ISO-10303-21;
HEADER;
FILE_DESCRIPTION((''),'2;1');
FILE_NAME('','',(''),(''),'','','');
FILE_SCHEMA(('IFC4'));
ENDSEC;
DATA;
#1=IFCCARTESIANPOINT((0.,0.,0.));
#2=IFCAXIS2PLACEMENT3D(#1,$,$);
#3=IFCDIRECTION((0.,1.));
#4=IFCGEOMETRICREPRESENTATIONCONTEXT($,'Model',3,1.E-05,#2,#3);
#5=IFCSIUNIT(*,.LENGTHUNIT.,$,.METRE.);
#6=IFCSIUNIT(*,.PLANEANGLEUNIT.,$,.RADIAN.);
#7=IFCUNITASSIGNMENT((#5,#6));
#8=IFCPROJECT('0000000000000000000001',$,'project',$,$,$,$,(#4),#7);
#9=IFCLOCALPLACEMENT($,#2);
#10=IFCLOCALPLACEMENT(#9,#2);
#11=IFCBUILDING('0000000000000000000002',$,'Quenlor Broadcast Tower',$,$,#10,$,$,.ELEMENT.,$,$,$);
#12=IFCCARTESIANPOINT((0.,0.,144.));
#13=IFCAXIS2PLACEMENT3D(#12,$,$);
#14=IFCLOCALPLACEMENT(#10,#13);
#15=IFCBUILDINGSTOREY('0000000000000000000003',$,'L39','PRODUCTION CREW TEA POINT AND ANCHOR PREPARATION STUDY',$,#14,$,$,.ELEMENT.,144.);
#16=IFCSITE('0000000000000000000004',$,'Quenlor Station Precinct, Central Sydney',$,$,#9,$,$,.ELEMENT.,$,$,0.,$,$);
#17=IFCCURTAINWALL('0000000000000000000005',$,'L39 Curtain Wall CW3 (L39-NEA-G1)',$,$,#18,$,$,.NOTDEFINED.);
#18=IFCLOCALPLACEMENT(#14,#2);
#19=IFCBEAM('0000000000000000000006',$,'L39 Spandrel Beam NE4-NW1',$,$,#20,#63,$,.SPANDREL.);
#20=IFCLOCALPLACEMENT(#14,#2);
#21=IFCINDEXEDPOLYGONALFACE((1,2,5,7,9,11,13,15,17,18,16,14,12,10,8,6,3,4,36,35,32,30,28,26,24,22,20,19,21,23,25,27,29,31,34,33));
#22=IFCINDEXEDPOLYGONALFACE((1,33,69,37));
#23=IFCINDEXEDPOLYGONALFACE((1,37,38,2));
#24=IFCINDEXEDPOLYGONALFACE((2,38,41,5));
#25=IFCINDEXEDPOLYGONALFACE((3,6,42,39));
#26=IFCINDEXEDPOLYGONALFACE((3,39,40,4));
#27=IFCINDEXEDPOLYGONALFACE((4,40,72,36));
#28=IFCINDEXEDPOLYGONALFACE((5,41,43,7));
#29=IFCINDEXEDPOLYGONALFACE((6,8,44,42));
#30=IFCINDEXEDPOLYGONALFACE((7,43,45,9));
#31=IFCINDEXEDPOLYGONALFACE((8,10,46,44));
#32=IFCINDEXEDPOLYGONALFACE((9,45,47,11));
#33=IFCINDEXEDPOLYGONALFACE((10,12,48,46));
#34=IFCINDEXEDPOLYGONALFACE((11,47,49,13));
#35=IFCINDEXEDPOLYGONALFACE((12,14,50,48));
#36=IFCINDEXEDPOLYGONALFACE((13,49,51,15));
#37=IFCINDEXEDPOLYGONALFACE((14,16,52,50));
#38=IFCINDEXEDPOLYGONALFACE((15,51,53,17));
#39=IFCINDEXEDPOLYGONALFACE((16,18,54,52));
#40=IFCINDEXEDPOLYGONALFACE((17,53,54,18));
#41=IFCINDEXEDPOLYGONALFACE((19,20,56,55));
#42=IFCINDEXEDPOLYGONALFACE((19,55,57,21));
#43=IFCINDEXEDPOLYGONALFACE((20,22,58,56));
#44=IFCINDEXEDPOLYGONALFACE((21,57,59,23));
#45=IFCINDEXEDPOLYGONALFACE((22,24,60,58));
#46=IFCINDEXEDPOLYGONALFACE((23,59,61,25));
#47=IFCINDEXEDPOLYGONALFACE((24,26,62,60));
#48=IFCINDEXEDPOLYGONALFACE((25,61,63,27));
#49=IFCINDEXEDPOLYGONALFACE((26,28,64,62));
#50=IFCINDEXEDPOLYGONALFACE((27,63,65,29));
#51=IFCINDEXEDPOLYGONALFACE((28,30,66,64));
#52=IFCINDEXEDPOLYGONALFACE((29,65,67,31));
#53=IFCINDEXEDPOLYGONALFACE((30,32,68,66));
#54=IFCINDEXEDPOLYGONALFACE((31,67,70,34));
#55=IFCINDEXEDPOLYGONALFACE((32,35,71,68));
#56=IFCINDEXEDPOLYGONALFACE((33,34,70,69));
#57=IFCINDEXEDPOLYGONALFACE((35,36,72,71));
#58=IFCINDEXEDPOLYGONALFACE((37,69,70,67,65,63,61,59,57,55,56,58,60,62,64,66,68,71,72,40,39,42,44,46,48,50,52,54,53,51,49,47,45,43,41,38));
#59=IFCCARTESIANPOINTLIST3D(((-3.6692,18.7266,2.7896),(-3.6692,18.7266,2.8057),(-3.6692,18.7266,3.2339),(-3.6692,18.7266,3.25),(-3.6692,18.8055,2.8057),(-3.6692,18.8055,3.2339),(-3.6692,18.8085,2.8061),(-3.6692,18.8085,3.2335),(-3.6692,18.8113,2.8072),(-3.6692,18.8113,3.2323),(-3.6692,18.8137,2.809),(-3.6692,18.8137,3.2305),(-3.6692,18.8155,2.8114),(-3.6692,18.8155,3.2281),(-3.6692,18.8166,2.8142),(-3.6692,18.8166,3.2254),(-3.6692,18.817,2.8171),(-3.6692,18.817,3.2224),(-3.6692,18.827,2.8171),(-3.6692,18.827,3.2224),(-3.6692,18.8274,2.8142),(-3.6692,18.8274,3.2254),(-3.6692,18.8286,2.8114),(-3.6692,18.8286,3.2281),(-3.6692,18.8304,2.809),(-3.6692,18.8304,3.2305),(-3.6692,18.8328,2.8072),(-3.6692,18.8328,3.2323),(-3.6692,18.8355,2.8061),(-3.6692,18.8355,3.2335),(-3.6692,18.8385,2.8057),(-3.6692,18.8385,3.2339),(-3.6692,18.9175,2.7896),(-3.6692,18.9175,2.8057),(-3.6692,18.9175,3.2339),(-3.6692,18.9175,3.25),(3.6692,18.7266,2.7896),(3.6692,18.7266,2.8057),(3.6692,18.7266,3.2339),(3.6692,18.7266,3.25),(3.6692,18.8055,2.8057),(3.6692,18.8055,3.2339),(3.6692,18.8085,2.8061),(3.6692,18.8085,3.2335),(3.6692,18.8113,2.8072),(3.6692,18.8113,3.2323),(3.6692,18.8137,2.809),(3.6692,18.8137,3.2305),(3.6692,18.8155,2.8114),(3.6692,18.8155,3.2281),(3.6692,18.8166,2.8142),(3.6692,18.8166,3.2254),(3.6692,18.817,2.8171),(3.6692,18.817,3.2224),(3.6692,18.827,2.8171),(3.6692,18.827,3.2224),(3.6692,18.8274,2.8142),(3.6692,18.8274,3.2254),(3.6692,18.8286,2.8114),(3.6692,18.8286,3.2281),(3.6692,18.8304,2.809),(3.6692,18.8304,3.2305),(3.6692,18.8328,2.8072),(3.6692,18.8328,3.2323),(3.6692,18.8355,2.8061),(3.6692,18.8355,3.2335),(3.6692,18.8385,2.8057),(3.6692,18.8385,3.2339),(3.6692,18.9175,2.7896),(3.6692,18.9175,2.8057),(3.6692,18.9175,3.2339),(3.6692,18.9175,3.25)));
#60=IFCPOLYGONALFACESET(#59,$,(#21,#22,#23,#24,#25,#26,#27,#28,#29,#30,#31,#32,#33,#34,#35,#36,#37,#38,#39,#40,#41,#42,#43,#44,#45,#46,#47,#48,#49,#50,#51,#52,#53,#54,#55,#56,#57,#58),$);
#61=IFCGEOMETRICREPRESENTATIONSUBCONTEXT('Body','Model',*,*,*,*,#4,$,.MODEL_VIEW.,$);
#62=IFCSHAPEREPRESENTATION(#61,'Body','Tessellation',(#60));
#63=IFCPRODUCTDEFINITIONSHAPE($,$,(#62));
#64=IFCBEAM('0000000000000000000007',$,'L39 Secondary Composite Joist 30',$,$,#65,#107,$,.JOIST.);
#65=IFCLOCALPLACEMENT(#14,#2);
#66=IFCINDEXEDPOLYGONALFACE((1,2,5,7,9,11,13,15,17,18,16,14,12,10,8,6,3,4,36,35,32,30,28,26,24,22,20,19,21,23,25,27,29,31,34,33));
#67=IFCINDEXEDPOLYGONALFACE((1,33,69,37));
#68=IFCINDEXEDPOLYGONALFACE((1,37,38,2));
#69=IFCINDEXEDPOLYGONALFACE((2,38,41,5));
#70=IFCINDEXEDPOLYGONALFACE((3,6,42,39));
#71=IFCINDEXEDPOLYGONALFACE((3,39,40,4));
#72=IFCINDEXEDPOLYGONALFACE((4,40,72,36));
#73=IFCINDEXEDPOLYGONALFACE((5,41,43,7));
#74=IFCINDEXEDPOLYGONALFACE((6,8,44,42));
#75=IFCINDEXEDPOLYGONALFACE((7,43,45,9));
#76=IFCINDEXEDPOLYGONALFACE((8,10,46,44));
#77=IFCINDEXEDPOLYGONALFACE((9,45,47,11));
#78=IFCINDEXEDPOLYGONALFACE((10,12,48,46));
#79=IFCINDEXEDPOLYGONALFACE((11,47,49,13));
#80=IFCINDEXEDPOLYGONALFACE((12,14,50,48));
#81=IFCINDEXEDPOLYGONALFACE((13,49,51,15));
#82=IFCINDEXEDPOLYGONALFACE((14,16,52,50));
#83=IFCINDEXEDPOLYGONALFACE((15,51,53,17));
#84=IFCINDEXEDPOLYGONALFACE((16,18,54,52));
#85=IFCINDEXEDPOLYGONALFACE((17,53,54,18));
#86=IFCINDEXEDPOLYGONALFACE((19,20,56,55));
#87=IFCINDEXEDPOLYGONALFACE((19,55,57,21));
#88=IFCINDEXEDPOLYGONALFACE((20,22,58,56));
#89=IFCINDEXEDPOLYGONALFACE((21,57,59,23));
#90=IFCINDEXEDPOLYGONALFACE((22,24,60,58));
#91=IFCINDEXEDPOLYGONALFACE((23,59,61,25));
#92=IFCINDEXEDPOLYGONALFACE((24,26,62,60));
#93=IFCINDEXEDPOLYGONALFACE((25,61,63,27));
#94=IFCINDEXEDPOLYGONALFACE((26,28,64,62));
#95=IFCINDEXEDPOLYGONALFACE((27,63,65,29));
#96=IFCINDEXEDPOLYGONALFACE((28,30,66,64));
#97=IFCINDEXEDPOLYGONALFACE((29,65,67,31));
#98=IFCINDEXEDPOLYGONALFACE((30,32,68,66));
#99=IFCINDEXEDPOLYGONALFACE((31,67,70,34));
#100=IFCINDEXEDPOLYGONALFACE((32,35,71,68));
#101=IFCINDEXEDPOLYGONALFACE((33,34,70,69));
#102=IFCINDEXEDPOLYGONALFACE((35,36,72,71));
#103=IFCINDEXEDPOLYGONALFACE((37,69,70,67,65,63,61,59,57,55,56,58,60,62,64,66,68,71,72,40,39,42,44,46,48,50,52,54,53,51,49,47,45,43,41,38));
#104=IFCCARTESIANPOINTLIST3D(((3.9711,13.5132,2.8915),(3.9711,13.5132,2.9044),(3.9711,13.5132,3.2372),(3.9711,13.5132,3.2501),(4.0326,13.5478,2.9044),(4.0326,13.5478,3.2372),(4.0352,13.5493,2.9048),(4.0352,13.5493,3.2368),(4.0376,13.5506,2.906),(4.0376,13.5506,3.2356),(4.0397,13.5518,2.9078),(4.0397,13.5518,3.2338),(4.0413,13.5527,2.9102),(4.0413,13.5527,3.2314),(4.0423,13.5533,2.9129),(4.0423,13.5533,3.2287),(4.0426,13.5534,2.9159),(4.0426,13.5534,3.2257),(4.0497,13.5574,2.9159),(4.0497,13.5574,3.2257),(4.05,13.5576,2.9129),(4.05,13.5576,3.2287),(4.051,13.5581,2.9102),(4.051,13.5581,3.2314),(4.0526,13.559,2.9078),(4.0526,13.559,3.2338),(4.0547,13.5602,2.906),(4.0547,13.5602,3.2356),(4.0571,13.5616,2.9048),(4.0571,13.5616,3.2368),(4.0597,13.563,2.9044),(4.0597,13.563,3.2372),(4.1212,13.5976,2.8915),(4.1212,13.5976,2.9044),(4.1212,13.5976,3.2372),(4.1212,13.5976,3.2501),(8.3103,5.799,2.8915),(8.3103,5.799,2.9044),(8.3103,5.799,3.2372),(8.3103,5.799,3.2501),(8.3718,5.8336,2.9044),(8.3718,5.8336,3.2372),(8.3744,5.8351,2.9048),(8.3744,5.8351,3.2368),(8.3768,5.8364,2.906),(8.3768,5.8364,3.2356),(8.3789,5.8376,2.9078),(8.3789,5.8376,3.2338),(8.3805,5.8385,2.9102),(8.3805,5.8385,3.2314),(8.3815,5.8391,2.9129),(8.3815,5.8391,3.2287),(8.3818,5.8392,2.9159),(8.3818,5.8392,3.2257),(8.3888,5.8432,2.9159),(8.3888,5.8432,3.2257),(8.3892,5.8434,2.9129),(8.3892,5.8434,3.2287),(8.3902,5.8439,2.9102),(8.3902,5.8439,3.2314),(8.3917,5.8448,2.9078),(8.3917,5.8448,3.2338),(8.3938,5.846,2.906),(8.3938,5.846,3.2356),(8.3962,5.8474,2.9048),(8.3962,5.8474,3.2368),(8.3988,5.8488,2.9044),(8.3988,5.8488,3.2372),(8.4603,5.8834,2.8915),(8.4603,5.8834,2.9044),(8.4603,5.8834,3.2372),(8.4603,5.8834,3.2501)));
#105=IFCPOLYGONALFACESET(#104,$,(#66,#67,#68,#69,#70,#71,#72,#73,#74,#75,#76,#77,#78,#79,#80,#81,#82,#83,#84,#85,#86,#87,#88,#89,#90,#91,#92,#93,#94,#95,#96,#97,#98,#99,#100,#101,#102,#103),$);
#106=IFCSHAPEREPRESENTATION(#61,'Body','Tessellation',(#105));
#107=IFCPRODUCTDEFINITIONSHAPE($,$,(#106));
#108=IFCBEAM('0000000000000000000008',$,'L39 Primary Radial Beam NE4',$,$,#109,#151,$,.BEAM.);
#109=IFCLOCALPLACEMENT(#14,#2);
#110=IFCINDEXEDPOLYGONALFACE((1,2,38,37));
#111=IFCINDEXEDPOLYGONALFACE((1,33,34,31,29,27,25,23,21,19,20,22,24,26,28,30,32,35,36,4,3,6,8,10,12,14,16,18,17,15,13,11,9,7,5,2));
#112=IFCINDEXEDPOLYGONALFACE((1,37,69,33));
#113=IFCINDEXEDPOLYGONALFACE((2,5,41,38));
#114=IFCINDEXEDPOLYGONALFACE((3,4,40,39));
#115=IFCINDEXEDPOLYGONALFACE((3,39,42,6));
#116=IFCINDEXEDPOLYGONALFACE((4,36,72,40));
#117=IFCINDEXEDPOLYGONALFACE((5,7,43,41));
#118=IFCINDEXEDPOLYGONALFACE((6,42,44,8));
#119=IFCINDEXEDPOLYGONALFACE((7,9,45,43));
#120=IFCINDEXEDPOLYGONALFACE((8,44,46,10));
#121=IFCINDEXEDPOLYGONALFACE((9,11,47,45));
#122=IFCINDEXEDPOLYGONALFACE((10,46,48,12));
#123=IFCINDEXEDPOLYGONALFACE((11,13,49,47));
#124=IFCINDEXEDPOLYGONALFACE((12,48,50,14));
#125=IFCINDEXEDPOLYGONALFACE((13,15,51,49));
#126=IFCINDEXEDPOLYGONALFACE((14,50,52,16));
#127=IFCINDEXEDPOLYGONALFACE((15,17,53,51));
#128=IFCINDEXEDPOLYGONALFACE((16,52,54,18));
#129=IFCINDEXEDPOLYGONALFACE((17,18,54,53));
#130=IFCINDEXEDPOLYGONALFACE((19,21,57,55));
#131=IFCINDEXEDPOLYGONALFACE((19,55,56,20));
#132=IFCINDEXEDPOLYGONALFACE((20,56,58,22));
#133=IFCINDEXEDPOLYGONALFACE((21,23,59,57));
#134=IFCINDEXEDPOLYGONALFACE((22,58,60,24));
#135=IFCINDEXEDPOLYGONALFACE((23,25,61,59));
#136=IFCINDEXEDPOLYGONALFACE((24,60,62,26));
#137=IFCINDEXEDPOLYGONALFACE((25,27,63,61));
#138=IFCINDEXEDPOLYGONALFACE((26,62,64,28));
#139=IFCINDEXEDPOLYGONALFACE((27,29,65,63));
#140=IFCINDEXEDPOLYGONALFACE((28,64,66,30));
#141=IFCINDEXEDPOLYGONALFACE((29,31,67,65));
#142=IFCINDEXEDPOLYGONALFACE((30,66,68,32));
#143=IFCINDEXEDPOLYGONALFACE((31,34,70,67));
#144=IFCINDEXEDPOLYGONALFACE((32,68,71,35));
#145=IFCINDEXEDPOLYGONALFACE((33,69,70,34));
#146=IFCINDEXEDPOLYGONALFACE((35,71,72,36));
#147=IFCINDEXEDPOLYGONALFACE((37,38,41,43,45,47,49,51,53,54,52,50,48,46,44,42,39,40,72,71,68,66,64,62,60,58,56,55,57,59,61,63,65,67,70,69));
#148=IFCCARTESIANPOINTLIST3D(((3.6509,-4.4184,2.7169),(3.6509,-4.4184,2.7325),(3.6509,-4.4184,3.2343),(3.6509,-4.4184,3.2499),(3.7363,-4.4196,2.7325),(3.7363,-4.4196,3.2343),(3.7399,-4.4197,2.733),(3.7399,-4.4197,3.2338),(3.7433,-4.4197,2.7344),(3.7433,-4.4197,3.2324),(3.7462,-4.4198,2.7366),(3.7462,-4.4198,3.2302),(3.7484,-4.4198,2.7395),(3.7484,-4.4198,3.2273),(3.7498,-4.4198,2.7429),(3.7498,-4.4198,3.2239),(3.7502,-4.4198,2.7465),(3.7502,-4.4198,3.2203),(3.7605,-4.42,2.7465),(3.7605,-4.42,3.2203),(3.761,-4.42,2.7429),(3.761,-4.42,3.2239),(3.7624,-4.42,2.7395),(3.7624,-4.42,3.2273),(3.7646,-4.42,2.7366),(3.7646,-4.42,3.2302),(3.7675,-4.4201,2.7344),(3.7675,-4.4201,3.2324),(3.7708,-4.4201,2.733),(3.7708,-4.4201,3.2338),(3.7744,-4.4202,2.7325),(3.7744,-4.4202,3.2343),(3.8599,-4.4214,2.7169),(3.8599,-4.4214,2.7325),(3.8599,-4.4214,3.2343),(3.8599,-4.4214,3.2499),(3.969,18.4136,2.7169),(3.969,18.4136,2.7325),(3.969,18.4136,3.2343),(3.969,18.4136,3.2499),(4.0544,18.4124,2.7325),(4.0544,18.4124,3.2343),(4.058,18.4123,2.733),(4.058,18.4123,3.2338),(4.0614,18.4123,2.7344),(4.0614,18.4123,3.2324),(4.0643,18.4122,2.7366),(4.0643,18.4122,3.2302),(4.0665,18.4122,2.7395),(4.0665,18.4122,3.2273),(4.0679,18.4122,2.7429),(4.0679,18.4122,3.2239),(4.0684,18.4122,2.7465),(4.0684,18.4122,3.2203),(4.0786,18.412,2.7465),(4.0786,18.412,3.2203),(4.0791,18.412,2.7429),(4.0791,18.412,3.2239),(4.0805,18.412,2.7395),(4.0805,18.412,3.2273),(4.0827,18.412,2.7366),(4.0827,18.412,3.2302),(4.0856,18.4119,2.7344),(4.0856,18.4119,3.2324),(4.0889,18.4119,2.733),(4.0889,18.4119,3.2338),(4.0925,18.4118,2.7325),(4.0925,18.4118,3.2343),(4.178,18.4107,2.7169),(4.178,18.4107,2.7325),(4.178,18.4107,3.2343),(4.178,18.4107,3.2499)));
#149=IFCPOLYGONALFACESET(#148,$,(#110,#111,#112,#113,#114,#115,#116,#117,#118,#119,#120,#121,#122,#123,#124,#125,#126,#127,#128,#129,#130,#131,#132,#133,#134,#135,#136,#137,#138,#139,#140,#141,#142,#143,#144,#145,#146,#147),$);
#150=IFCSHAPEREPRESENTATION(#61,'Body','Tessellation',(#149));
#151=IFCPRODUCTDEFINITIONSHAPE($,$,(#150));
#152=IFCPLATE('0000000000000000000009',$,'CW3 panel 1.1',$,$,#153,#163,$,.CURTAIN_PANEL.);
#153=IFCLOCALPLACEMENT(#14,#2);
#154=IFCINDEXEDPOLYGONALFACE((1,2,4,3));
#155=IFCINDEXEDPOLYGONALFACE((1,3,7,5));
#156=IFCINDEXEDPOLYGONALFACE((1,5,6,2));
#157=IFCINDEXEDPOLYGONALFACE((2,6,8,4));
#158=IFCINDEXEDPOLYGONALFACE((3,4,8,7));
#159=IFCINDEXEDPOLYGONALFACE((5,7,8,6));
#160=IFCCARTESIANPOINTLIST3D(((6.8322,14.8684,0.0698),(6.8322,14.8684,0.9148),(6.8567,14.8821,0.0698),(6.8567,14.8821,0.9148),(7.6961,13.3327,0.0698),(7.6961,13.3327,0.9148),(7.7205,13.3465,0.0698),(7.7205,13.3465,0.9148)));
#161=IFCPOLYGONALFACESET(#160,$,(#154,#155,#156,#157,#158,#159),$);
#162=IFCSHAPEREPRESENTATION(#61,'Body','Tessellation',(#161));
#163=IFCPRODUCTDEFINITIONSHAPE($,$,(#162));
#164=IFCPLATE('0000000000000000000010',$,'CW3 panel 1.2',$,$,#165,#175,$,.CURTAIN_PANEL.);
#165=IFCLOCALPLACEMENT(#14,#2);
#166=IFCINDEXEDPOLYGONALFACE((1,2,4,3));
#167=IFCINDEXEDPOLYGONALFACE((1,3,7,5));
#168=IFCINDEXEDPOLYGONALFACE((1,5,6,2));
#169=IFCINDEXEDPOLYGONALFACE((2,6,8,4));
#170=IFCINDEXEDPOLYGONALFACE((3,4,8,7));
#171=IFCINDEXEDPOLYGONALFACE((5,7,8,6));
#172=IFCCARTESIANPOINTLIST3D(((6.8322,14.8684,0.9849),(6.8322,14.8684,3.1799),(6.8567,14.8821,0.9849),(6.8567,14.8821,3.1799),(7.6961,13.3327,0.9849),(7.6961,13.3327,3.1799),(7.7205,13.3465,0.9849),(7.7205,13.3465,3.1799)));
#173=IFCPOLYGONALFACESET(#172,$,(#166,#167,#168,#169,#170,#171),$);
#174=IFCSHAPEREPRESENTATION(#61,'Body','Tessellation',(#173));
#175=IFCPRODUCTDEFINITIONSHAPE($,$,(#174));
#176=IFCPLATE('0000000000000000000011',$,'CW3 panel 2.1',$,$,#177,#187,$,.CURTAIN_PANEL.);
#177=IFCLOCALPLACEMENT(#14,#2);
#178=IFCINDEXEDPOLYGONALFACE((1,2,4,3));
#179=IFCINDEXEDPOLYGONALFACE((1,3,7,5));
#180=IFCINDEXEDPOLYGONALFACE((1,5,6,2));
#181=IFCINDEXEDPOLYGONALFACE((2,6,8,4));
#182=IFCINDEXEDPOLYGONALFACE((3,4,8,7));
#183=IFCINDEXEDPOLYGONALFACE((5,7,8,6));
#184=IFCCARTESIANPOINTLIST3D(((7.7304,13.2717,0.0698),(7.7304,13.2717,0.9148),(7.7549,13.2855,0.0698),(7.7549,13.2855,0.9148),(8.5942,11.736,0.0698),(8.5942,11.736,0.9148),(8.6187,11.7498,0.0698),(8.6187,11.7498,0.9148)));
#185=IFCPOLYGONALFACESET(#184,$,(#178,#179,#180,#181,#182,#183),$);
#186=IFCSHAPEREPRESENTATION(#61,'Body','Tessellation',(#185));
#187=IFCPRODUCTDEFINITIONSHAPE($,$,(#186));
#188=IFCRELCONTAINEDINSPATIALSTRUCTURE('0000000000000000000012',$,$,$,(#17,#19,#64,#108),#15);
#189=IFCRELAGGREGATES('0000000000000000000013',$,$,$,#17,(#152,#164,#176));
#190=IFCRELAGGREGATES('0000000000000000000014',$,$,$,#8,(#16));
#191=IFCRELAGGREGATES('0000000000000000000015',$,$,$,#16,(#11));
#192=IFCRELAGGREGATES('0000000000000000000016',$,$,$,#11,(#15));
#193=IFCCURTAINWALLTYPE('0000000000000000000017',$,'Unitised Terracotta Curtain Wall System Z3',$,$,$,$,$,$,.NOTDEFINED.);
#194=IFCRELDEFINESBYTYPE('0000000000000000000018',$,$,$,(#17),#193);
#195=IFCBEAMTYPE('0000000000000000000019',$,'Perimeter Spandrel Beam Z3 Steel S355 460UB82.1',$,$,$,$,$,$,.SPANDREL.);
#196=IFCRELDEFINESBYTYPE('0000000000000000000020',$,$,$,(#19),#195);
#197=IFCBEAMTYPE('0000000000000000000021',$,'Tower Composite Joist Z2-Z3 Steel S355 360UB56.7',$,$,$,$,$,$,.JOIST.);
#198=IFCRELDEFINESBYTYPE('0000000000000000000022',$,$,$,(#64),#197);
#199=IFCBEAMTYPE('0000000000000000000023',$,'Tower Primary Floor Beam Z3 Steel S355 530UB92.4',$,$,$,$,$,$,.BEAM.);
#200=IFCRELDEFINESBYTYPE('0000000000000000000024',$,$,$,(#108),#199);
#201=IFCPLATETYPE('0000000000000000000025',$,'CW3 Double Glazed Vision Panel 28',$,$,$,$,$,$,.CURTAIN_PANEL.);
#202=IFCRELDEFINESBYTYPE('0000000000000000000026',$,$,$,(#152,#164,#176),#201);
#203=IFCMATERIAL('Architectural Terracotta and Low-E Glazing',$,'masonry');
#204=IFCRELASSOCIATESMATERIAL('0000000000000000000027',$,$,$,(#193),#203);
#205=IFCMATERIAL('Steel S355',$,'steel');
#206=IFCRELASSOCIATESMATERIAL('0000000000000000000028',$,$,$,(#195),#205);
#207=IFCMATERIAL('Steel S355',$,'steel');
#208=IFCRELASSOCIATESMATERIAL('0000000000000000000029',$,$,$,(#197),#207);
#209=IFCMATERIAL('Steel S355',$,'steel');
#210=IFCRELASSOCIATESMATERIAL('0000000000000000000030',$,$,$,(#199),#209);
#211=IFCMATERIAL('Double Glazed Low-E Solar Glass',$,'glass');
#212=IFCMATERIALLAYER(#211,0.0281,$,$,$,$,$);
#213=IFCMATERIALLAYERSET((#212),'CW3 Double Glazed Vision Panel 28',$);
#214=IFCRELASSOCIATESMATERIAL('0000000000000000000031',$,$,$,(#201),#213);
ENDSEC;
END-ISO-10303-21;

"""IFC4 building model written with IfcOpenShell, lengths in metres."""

from ifc_helpers import new_model, si_unit, direction, frame, origin, origin_2d, place, context, subcontext, project, spatial, rectangle, i_section, extrude, material, layer, layer_set, material_profile, profile_set, type_object, element, aggregate, save


model = new_model("IFC4")

# Units and contexts
model_context = context("Model", 3, precision=1e-05, world=origin(), true_north=direction((0.0, 1.0)))
body_context = subcontext(model_context, "Body", "Model", "MODEL_VIEW")
ifc_project = project(units=[si_unit("LENGTHUNIT", "METRE"), si_unit("PLANEANGLEUNIT", "RADIAN")], contexts=[model_context])

# Site, building, storey
site_placement = place(None, origin())
site = spatial("IfcSite", under=ifc_project, at=site_placement, Name="Quenlor Station Precinct, Central Sydney", CompositionType="ELEMENT", RefElevation=0.0)
building_placement = place(site_placement, origin())
building = spatial("IfcBuilding", under=site, at=building_placement, Name="Quenlor Broadcast Tower", CompositionType="ELEMENT")
storey_placement = place(building_placement, frame((0.0, 0.0, 144.0)))
storey = spatial("IfcBuildingStorey", under=building, at=storey_placement, Name="L39", Description="PRODUCTION CREW TEA POINT AND ANCHOR PREPARATION STUDY", CompositionType="ELEMENT", Elevation=144.0)

# Curtain wall
ifc_material_1 = material(Name="Architectural Terracotta and Low-E Glazing", Category="masonry")
curtain_wall_type = type_object("IfcCurtainWallType", Name="Unitised Terracotta Curtain Wall System Z3", PredefinedType="NOTDEFINED", material=ifc_material_1)
curtain_wall_placement = place(storey_placement, origin())
curtain_wall = element("IfcCurtainWall", 1, at=curtain_wall_placement, inside=storey, type_object=curtain_wall_type, Name="L39 Curtain Wall CW3 (L39-NEA-G1)", PredefinedType="NOTDEFINED")

# Beams
ifc_material_2 = material(Name="Steel S355", Category="steel")
ifc_material_profile_1 = material_profile(ifc_material_2, i_section(OverallWidth=0.1909, OverallDepth=0.4604, WebThickness=0.01, FlangeThickness=0.0161, FilletRadius=0.0115, at=origin_2d()))
ifc_profile_set_1 = profile_set([ifc_material_profile_1], Name="Steel S355 460UB82.1")
beam_type_1 = type_object("IfcBeamType", Name="Perimeter Spandrel Beam Z3 Steel S355 460UB82.1", PredefinedType="SPANDREL", material=ifc_profile_set_1)
beam_1_placement = place(storey_placement, frame((3.6692, 18.822, 3.0198), z_axis=(-1.0, 0.0, 0.0), x_axis=(0.0, -1.0, 0.0)))
element("IfcBeam", 2, at=beam_1_placement, inside=storey, type_object=beam_type_1, Name="L39 Spandrel Beam NE4-NW1", PredefinedType="SPANDREL", context=body_context, shape_type="SweptSolid", body=[
    extrude(i_section(OverallWidth=0.1909, OverallDepth=0.4604, WebThickness=0.01, FlangeThickness=0.0161, FilletRadius=0.0115, at=origin_2d()), origin(), (0.0, 0.0, 1.0), 7.3384),
])
ifc_material_3 = material(Name="Steel S355", Category="steel")
ifc_material_profile_2 = material_profile(ifc_material_3, i_section(OverallWidth=0.1721, OverallDepth=0.3586, WebThickness=0.0081, FlangeThickness=0.0129, FilletRadius=0.0115, at=origin_2d()))
ifc_profile_set_2 = profile_set([ifc_material_profile_2], Name="Steel S355 360UB56.7")
beam_type_2 = type_object("IfcBeamType", Name="Tower Composite Joist Z2-Z3 Steel S355 360UB56.7", PredefinedType="JOIST", material=ifc_profile_set_2)
beam_2_placement = place(storey_placement, frame((4.0461, 13.5554, 3.0708), z_axis=(0.490255, -0.871579, 0.0), x_axis=(0.871579, 0.490255, 0.0)))
element("IfcBeam", 3, at=beam_2_placement, inside=storey, type_object=beam_type_2, Name="L39 Secondary Composite Joist 30", PredefinedType="JOIST", context=body_context, shape_type="SweptSolid", body=[
    extrude(i_section(OverallWidth=0.1721, OverallDepth=0.3586, WebThickness=0.0081, FlangeThickness=0.0129, FilletRadius=0.0115, at=origin_2d()), origin(), (0.0, 0.0, 1.0), 8.8508),
])
ifc_material_4 = material(Name="Steel S355", Category="steel")
ifc_material_profile_3 = material_profile(ifc_material_4, i_section(OverallWidth=0.209, OverallDepth=0.533, WebThickness=0.0103, FlangeThickness=0.0156, FilletRadius=0.0139, at=origin_2d()))
ifc_profile_set_3 = profile_set([ifc_material_profile_3], Name="Steel S355 530UB92.4")
beam_type_3 = type_object("IfcBeamType", Name="Tower Primary Floor Beam Z3 Steel S355 530UB92.4", PredefinedType="BEAM", material=ifc_profile_set_3)
beam_3_placement = place(storey_placement, frame((4.0735, 18.4121, 2.9834), z_axis=(-0.013931, -0.999903, 0.0), x_axis=(0.999903, -0.013931, 0.0)))
element("IfcBeam", 4, at=beam_3_placement, inside=storey, type_object=beam_type_3, Name="L39 Primary Radial Beam NE4", PredefinedType="BEAM", context=body_context, shape_type="SweptSolid", body=[
    extrude(i_section(OverallWidth=0.209, OverallDepth=0.533, WebThickness=0.0103, FlangeThickness=0.0156, FilletRadius=0.0139, at=origin_2d()), origin(), (0.0, 0.0, 1.0), 22.8342),
])

# Plates
ifc_material_5 = material(Name="Double Glazed Low-E Solar Glass", Category="glass")
ifc_layer_1 = layer(ifc_material_5, 0.0281)
ifc_layer_set_1 = layer_set([ifc_layer_1], Name="CW3 Double Glazed Vision Panel 28")
plate_type_1 = type_object("IfcPlateType", Name="CW3 Double Glazed Vision Panel 28", PredefinedType="CURTAIN_PANEL", material=ifc_layer_set_1)
plate_1_placement = place(storey_placement, frame((7.2764, 14.1074, 0.0698), z_axis=(0.0, 0.0, 1.0), x_axis=(0.49027, -0.871571, 0.0)))
plate_1 = element("IfcPlate", 5, at=plate_1_placement, type_object=plate_type_1, Name="CW3 panel 1.1", PredefinedType="CURTAIN_PANEL", context=body_context, shape_type="SweptSolid", body=[
    extrude(rectangle(XDim=1.762, YDim=0.0281, at=origin_2d()), origin(), (0.0, 0.0, 1.0), 0.845),
])
plate_2_placement = place(storey_placement, frame((7.2764, 14.1074, 0.9849), z_axis=(0.0, 0.0, 1.0), x_axis=(0.49027, -0.871571, 0.0)))
plate_2 = element("IfcPlate", 6, at=plate_2_placement, type_object=plate_type_1, Name="CW3 panel 1.2", PredefinedType="CURTAIN_PANEL", context=body_context, shape_type="SweptSolid", body=[
    extrude(rectangle(XDim=1.762, YDim=0.0281, at=origin_2d()), origin(), (0.0, 0.0, 1.0), 2.1951),
])
plate_3_placement = place(storey_placement, frame((8.1746, 12.5107, 0.0698), z_axis=(0.0, 0.0, 1.0), x_axis=(0.49027, -0.871571, 0.0)))
plate_3 = element("IfcPlate", 7, at=plate_3_placement, type_object=plate_type_1, Name="CW3 panel 2.1", PredefinedType="CURTAIN_PANEL", context=body_context, shape_type="SweptSolid", body=[
    extrude(rectangle(XDim=1.762, YDim=0.0281, at=origin_2d()), origin(), (0.0, 0.0, 1.0), 0.845),
])
aggregate(curtain_wall, [plate_1, plate_2, plate_3])

save(model, "model.ifc")
